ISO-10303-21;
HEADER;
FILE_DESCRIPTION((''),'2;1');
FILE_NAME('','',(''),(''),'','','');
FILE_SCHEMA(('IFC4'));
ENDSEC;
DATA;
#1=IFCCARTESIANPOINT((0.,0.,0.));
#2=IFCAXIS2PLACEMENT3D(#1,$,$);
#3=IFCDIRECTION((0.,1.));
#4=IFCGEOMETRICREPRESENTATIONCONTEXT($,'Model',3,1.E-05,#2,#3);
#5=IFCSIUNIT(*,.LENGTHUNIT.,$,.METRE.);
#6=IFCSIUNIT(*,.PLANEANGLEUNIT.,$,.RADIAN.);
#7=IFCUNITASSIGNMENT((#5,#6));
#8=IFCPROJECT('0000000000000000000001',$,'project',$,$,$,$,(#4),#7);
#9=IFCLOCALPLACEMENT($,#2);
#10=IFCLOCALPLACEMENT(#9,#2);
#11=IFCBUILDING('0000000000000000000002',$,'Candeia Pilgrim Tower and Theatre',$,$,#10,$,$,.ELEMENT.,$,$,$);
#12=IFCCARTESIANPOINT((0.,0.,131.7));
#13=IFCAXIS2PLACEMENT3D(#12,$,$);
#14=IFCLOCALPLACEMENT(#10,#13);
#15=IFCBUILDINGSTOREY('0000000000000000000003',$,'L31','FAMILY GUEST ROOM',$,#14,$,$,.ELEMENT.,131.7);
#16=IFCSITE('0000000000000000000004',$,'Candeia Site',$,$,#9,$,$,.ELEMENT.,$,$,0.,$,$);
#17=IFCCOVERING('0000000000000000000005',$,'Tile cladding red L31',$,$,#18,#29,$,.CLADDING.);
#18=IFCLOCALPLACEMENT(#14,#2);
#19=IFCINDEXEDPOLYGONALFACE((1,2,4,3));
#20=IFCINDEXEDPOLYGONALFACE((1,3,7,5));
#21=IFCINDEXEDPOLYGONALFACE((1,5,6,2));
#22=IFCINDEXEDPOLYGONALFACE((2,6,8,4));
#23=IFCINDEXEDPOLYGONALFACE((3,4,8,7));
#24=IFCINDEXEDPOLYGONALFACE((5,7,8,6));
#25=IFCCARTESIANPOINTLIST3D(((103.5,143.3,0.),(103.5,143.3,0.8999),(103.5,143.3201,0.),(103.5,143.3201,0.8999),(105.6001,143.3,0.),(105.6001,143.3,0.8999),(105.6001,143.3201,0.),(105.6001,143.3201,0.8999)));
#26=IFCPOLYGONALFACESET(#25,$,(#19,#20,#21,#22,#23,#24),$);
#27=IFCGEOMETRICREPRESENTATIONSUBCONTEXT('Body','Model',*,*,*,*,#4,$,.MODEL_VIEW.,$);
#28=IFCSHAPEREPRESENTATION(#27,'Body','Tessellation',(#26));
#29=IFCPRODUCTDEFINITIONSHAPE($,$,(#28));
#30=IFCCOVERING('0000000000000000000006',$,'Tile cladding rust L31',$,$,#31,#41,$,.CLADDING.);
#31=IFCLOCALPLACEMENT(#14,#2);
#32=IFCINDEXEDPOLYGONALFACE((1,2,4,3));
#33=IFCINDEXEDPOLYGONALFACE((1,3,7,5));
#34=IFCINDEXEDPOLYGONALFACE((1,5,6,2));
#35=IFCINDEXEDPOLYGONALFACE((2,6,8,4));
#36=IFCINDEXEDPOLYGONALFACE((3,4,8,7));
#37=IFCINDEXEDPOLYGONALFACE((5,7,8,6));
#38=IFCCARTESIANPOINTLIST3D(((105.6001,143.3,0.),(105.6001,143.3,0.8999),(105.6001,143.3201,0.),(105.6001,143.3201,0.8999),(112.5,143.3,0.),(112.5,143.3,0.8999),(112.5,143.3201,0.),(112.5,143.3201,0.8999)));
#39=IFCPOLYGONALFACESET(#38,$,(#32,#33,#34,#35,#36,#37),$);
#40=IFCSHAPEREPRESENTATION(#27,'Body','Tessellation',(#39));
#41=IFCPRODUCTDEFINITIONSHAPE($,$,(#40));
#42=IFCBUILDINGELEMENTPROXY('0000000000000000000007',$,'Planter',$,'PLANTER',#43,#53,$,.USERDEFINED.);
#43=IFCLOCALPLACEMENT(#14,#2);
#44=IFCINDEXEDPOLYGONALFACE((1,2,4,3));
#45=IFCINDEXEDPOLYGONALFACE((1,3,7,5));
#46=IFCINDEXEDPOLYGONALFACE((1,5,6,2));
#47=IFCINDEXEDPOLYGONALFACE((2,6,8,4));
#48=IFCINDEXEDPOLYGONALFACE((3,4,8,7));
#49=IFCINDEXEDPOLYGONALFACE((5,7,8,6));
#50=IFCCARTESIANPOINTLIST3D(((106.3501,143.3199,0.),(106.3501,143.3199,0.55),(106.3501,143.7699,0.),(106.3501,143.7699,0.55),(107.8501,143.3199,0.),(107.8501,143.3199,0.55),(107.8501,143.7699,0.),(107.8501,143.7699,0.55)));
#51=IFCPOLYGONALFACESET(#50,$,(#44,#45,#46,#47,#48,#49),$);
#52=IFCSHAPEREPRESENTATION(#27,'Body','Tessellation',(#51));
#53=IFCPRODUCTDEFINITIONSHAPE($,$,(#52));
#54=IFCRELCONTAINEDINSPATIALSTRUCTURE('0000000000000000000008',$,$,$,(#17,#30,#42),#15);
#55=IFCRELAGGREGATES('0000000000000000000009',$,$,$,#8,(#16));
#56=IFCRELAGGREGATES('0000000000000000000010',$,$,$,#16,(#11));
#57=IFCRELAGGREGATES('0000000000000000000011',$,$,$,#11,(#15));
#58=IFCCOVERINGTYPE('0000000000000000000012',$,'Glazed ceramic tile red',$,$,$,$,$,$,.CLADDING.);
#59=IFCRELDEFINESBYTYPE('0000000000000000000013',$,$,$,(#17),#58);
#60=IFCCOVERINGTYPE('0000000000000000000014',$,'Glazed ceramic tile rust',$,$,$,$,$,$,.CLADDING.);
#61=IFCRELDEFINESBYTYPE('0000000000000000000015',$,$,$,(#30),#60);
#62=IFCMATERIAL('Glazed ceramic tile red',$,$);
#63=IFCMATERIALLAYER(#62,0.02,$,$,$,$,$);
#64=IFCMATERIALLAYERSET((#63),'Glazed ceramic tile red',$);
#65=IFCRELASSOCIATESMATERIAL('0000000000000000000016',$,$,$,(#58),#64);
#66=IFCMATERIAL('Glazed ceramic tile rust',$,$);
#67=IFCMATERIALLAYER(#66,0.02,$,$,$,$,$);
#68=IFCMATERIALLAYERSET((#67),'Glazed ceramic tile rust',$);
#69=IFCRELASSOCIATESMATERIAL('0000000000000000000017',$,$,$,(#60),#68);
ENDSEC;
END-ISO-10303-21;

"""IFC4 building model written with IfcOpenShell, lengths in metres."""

from ifc_helpers import new_model, si_unit, direction, frame, origin, origin_2d, place, context, subcontext, project, spatial, rectangle, extrude, material, layer, layer_set, type_object, element, save


model = new_model("IFC4")

# Units and contexts
model_context = context("Model", 3, precision=1e-05, world=origin(), true_north=direction((0.0, 1.0)))
body_context = subcontext(model_context, "Body", "Model", "MODEL_VIEW")
ifc_project = project(units=[si_unit("LENGTHUNIT", "METRE"), si_unit("PLANEANGLEUNIT", "RADIAN")], contexts=[model_context])

# Site, building, storey
site_placement = place(None, origin())
site = spatial("IfcSite", under=ifc_project, at=site_placement, Name="Candeia Site", CompositionType="ELEMENT", RefElevation=0.0)
building_placement = place(site_placement, origin())
building = spatial("IfcBuilding", under=site, at=building_placement, Name="Candeia Pilgrim Tower and Theatre", CompositionType="ELEMENT")
storey_placement = place(building_placement, frame((0.0, 0.0, 131.7)))
storey = spatial("IfcBuildingStorey", under=building, at=storey_placement, Name="L31", Description="FAMILY GUEST ROOM", CompositionType="ELEMENT", Elevation=131.7)

# Coverings
ifc_material_1 = material(Name="Glazed ceramic tile red")
ifc_layer_1 = layer(ifc_material_1, 0.02)
ifc_layer_set_1 = layer_set([ifc_layer_1], Name="Glazed ceramic tile red")
covering_type_1 = type_object("IfcCoveringType", Name="Glazed ceramic tile red", PredefinedType="CLADDING", material=ifc_layer_set_1)
covering_1_placement = place(storey_placement, frame((104.55, 143.3101, 0.0), z_axis=(0.0, 0.0, 1.0), x_axis=(-1.0, 0.0, 0.0)))
element("IfcCovering", 1, at=covering_1_placement, inside=storey, type_object=covering_type_1, Name="Tile cladding red L31", PredefinedType="CLADDING", context=body_context, shape_type="SweptSolid", body=[
    extrude(rectangle(XDim=2.1001, YDim=0.02, at=origin_2d()), origin(), (0.0, 0.0, 1.0), 0.8999),
])
ifc_material_2 = material(Name="Glazed ceramic tile rust")
ifc_layer_2 = layer(ifc_material_2, 0.02)
ifc_layer_set_2 = layer_set([ifc_layer_2], Name="Glazed ceramic tile rust")
covering_type_2 = type_object("IfcCoveringType", Name="Glazed ceramic tile rust", PredefinedType="CLADDING", material=ifc_layer_set_2)
covering_2_placement = place(storey_placement, frame((109.05, 143.3101, 0.0), z_axis=(0.0, 0.0, 1.0), x_axis=(-1.0, 0.0, 0.0)))
element("IfcCovering", 2, at=covering_2_placement, inside=storey, type_object=covering_type_2, Name="Tile cladding rust L31", PredefinedType="CLADDING", context=body_context, shape_type="SweptSolid", body=[
    extrude(rectangle(XDim=6.8999, YDim=0.02, at=origin_2d()), origin(), (0.0, 0.0, 1.0), 0.8999),
])

# Building element proxy
proxy_placement = place(storey_placement, frame((107.1001, 143.5449, 0.0), z_axis=(0.0, 0.0, 1.0), x_axis=(-1.0, 0.0, 0.0)))
element("IfcBuildingElementProxy", 3, at=proxy_placement, inside=storey, Name="Planter", ObjectType="PLANTER", PredefinedType="USERDEFINED", context=body_context, shape_type="SweptSolid", body=[
    extrude(rectangle(XDim=1.5, YDim=0.45, at=origin_2d()), origin(), (0.0, 0.0, 1.0), 0.55),
])

save(model, "model.ifc")
